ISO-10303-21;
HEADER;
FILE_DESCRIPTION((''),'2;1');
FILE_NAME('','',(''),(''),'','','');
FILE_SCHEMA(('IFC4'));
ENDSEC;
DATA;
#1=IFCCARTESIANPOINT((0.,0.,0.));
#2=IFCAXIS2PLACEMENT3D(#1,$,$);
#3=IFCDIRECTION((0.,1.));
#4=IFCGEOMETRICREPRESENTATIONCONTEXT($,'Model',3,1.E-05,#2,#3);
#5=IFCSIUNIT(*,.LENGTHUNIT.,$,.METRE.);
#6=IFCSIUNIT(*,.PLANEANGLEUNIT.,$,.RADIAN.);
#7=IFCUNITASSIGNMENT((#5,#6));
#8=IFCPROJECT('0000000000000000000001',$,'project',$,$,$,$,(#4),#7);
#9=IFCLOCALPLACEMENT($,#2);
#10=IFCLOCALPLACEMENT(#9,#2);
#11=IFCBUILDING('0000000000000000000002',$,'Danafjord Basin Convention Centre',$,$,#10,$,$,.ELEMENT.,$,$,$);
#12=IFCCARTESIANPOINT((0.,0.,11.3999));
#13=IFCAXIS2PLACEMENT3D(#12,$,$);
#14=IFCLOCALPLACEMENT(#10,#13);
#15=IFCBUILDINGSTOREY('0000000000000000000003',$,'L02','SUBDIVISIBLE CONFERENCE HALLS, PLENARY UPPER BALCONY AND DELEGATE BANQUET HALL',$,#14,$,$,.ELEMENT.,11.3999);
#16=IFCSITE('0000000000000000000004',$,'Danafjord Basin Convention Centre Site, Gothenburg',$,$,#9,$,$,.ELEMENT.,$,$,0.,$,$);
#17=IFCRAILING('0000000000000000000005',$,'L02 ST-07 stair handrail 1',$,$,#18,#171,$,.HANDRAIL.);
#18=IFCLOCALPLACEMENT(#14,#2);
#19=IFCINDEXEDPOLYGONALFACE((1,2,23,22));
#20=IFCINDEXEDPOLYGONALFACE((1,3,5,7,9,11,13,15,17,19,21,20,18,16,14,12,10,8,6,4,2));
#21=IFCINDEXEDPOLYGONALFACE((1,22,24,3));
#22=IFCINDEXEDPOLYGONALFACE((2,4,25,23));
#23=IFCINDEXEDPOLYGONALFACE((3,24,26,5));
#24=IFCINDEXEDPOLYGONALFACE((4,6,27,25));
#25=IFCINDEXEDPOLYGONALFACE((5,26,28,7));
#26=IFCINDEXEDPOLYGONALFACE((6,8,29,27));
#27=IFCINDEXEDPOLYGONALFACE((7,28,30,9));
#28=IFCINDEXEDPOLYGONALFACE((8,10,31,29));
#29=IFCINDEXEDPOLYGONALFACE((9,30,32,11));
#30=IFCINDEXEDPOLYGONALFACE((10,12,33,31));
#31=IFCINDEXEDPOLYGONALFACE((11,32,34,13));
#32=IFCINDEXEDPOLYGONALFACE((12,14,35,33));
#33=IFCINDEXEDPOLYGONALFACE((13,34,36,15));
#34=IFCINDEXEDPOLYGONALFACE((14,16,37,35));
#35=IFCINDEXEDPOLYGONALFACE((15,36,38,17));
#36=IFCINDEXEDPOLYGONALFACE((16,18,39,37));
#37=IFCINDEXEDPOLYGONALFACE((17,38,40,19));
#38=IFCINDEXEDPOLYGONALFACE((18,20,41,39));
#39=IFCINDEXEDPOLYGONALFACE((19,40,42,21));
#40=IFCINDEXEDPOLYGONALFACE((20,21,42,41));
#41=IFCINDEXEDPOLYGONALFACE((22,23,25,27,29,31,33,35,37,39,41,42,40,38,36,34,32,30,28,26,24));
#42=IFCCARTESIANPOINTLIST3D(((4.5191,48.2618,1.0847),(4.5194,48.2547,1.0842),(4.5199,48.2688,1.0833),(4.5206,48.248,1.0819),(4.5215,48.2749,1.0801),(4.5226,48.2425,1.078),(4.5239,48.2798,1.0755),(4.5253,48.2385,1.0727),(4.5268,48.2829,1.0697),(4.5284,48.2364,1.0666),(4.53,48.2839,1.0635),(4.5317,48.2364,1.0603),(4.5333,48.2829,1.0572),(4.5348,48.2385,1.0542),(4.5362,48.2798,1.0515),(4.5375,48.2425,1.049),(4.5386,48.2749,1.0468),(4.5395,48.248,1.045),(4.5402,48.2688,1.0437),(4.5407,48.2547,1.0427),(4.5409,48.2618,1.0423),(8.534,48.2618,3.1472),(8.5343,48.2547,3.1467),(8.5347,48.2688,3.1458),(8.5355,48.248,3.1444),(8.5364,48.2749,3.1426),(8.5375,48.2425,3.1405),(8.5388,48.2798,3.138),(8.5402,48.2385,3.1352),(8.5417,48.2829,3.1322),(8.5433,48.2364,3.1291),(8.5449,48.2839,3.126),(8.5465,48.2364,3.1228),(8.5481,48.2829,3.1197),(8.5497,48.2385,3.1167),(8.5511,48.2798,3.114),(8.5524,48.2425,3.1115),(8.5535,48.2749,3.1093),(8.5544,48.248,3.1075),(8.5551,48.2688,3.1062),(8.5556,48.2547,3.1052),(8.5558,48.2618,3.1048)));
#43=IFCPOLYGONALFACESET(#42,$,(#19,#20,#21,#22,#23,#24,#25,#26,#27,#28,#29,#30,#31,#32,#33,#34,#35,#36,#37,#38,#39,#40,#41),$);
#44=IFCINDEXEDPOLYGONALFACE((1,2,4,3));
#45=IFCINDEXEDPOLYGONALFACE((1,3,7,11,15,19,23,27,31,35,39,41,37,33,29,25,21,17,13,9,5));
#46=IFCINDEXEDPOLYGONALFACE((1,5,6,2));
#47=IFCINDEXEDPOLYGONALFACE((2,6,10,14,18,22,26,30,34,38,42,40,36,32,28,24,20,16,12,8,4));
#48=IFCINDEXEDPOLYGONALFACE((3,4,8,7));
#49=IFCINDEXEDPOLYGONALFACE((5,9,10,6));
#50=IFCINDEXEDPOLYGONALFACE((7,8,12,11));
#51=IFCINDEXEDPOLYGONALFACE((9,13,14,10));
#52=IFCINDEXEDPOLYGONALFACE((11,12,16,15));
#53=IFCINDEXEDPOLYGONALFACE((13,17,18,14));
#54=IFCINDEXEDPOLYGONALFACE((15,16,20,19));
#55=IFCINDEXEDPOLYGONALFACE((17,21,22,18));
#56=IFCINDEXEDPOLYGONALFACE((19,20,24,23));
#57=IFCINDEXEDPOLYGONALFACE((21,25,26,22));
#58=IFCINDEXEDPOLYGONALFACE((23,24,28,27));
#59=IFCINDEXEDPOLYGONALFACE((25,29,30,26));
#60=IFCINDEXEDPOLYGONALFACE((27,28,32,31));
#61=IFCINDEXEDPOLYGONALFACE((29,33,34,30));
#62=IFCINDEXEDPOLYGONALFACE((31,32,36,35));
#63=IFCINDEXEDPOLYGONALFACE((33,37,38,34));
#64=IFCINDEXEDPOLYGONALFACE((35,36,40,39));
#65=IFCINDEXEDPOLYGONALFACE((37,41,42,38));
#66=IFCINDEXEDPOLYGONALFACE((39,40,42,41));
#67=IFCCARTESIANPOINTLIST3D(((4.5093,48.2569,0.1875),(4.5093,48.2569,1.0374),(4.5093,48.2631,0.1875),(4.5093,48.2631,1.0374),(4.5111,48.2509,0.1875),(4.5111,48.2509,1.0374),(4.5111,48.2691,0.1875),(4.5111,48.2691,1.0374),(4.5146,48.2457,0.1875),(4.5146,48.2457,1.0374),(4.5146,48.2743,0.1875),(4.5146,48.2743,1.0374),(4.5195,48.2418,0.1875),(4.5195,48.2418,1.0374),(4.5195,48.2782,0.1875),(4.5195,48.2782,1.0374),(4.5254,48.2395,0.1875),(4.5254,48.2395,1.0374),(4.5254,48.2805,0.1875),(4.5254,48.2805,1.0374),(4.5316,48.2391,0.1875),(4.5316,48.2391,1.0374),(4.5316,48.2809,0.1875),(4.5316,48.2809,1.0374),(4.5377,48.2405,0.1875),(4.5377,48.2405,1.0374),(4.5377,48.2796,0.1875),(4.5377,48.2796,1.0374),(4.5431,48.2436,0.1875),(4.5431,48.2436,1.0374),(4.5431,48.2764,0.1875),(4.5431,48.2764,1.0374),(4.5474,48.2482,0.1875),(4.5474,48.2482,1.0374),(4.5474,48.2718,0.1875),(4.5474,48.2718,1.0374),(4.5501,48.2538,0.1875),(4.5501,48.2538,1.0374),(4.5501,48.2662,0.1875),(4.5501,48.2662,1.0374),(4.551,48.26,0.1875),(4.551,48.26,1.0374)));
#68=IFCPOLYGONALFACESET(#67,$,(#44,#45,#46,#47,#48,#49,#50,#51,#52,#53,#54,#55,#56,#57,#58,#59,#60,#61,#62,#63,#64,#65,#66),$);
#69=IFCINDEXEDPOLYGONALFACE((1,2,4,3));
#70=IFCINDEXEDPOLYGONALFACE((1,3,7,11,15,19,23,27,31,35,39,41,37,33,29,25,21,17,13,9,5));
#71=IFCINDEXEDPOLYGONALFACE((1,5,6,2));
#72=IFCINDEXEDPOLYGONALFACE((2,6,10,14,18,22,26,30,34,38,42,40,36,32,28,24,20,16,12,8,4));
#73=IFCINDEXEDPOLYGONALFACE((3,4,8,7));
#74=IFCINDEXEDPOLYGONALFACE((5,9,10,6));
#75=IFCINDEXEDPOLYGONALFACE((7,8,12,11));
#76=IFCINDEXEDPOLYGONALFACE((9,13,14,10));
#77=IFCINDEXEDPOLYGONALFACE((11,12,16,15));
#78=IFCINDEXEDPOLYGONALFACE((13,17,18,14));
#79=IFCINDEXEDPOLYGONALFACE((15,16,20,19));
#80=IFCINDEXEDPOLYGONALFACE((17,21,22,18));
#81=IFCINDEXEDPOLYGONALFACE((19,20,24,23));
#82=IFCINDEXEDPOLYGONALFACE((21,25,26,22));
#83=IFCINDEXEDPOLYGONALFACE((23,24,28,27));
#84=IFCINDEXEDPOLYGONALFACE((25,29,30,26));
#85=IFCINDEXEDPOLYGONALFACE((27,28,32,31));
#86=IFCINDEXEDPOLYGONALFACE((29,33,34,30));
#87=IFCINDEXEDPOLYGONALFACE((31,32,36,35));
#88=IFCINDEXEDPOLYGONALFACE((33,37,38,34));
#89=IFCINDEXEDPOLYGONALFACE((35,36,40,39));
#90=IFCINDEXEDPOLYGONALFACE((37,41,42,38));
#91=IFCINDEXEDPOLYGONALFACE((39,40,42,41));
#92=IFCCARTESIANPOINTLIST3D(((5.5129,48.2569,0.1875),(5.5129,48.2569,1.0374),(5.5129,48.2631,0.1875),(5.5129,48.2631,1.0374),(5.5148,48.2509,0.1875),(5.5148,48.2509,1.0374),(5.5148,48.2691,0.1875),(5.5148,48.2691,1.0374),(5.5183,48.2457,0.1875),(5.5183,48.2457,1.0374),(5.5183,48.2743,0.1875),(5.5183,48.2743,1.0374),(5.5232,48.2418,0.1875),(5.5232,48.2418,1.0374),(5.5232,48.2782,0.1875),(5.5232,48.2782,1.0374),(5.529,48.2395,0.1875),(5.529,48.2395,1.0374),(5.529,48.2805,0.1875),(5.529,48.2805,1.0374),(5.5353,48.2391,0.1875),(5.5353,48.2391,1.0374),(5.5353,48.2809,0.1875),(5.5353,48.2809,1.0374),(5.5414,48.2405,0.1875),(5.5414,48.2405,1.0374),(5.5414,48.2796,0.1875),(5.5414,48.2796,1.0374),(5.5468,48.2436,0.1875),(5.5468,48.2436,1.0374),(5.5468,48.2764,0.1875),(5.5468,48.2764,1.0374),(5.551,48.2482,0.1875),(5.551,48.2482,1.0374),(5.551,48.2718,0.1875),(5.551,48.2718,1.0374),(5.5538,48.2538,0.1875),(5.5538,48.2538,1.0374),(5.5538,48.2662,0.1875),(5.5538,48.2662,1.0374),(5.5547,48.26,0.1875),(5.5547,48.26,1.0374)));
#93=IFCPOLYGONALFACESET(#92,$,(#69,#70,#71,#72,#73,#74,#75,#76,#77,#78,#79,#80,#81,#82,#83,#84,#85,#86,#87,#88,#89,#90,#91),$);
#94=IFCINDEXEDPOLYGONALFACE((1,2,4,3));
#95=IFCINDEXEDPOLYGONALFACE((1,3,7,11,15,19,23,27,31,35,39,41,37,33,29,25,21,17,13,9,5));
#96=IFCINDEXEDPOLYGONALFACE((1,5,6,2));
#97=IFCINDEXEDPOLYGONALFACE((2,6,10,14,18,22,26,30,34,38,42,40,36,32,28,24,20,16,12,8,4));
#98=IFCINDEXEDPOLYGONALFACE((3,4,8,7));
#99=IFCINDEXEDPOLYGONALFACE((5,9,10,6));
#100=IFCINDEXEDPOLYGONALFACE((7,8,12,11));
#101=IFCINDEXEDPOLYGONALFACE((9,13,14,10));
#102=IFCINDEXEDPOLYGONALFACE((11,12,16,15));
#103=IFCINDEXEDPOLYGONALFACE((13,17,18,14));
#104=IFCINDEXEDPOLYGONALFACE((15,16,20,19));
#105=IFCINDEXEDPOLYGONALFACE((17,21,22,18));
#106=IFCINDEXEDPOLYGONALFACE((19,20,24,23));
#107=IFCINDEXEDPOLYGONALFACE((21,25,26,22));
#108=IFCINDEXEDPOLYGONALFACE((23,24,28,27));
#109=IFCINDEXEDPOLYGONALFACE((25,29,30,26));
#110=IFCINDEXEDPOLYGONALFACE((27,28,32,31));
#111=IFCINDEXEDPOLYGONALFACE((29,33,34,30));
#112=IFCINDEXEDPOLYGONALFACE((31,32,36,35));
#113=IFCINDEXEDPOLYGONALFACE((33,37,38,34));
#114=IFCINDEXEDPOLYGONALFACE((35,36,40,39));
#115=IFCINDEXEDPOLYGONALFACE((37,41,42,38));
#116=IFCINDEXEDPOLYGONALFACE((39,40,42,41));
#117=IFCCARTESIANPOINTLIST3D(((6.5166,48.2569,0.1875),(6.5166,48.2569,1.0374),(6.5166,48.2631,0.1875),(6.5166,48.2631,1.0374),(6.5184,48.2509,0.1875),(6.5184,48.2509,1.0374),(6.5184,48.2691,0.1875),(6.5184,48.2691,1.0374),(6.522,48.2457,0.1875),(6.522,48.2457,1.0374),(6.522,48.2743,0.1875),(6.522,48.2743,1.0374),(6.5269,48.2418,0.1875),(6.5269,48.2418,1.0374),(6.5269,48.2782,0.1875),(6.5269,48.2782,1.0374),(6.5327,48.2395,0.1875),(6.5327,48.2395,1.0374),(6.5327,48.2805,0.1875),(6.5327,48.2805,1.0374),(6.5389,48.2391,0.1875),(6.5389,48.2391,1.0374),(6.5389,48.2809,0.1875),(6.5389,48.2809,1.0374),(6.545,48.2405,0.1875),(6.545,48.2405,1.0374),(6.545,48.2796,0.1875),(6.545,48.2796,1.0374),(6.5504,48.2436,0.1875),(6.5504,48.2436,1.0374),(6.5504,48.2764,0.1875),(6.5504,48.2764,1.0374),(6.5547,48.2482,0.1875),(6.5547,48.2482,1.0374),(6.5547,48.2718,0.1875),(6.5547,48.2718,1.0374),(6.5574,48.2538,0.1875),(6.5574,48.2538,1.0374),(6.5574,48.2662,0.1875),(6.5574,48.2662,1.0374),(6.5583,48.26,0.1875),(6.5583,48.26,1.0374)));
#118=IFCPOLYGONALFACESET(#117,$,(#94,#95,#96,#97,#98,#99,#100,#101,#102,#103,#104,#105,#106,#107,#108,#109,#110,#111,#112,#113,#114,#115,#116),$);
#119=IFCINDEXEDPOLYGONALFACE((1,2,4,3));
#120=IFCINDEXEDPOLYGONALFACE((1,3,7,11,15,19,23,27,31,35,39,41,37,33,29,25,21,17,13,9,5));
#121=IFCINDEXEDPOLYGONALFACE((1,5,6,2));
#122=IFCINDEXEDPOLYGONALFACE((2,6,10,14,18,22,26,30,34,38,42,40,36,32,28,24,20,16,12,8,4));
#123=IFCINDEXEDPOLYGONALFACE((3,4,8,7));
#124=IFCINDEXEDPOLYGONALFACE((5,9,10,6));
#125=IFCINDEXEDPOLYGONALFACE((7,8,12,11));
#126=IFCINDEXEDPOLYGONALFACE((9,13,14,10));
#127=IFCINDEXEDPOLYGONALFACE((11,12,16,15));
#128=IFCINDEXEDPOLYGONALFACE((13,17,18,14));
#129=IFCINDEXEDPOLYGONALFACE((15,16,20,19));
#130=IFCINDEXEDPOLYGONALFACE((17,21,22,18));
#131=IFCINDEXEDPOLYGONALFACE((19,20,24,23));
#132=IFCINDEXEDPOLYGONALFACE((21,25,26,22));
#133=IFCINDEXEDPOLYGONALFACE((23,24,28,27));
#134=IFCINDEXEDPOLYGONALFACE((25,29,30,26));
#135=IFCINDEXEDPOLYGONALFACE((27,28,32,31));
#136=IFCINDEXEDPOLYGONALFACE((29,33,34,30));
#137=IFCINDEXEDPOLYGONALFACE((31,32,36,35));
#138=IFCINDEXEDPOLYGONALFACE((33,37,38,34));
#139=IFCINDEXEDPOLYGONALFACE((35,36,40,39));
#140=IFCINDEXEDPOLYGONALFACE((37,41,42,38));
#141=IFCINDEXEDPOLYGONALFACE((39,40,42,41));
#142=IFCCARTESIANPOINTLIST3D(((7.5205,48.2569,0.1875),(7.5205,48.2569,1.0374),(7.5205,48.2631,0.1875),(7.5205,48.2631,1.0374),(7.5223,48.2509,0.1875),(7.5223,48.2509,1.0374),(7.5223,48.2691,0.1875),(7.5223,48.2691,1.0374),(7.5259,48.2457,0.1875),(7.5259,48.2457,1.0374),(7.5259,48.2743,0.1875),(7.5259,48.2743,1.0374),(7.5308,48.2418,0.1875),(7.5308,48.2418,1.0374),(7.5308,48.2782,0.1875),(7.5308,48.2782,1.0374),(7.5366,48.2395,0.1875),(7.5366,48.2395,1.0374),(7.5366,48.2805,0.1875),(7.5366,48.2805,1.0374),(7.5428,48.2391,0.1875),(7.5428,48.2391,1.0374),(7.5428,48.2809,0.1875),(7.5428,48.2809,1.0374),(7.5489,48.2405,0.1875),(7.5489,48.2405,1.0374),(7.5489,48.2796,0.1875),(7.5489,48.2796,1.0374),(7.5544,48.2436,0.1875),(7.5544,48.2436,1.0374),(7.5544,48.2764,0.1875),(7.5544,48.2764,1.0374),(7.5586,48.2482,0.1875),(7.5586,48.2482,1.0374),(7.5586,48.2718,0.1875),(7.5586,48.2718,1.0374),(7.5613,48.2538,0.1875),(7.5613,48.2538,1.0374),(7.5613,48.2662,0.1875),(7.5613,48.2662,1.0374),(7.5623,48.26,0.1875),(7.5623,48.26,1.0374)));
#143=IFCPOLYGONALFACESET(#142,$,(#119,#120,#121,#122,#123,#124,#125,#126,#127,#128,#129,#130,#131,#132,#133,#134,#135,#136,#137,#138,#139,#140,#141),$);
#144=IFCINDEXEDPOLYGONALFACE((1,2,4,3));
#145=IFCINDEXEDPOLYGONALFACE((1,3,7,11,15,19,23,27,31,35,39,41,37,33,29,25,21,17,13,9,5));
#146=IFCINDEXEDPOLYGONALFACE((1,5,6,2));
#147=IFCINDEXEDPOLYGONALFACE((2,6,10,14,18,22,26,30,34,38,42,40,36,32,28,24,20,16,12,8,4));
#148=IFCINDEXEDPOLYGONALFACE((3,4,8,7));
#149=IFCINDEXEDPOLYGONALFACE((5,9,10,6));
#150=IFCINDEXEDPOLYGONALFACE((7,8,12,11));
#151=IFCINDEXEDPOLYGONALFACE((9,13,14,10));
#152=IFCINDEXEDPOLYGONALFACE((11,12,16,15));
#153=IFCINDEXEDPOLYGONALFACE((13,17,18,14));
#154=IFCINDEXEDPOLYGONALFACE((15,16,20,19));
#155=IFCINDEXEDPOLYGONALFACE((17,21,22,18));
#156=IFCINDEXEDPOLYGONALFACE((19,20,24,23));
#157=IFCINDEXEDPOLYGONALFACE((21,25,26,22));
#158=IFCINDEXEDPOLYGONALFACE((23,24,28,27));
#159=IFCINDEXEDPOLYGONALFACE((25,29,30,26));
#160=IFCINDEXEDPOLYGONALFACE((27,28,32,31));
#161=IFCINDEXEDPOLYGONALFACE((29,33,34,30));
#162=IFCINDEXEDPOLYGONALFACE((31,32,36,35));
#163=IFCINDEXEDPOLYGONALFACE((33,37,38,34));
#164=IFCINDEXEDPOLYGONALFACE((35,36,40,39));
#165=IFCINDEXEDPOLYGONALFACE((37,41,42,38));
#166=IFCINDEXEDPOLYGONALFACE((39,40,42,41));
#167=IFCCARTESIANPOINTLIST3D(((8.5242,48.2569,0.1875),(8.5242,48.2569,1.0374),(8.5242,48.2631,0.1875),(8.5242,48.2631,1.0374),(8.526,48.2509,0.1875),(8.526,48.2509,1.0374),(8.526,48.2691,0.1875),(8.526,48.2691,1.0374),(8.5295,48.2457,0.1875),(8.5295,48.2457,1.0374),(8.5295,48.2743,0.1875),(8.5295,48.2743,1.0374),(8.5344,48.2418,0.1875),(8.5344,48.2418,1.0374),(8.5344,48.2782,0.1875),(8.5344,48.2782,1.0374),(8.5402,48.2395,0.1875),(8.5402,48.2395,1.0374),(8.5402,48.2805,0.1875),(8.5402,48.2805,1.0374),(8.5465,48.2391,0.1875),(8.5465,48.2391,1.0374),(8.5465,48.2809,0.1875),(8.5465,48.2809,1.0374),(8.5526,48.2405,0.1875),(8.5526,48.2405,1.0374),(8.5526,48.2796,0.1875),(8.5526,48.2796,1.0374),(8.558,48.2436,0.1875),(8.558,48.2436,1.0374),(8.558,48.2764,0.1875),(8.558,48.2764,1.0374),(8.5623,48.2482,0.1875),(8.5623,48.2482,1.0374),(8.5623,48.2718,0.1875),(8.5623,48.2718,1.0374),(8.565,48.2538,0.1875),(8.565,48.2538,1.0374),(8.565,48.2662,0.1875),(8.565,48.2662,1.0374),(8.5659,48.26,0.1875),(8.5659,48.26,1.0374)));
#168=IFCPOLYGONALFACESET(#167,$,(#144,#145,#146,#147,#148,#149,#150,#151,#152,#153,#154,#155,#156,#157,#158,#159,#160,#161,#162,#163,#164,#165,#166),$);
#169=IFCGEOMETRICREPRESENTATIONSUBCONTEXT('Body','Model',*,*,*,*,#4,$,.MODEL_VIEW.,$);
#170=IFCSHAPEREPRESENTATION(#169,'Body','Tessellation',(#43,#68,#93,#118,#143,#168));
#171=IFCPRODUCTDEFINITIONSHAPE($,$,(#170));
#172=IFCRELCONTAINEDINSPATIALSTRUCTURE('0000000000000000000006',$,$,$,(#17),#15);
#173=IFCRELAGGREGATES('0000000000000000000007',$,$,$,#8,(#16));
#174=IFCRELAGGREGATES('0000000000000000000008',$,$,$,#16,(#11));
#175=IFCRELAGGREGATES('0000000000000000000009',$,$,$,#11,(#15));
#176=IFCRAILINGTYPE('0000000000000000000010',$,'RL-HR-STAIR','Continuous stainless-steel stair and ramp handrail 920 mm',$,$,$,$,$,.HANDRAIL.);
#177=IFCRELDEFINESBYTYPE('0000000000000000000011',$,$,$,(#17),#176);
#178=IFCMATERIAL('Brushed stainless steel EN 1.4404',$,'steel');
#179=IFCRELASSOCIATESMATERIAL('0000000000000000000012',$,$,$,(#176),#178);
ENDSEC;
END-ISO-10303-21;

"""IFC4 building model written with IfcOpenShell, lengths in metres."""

from ifc_helpers import new_model, si_unit, direction, frame, origin, origin_2d, place, context, subcontext, project, spatial, circle, extrude, material, type_object, element, save


model = new_model("IFC4")

# Units and contexts
model_context = context("Model", 3, precision=1e-05, world=origin(), true_north=direction((0.0, 1.0)))
body_context = subcontext(model_context, "Body", "Model", "MODEL_VIEW")
ifc_project = project(units=[si_unit("LENGTHUNIT", "METRE"), si_unit("PLANEANGLEUNIT", "RADIAN")], contexts=[model_context])

# Site, building, storey
site_placement = place(None, origin())
site = spatial("IfcSite", under=ifc_project, at=site_placement, Name="Danafjord Basin Convention Centre Site, Gothenburg", CompositionType="ELEMENT", RefElevation=0.0)
building_placement = place(site_placement, origin())
building = spatial("IfcBuilding", under=site, at=building_placement, Name="Danafjord Basin Convention Centre", CompositionType="ELEMENT")
storey_placement = place(building_placement, frame((0.0, 0.0, 11.3999)))
storey = spatial("IfcBuildingStorey", under=building, at=storey_placement, Name="L02", Description="SUBDIVISIBLE CONFERENCE HALLS, PLENARY UPPER BALCONY AND DELEGATE BANQUET HALL", CompositionType="ELEMENT", Elevation=11.3999)

# Railing
ifc_material_1 = material(Name="Brushed stainless steel EN 1.4404", Category="steel")
railing_type_1 = type_object("IfcRailingType", Name="RL-HR-STAIR", Description="Continuous stainless-steel stair and ramp handrail 920 mm", PredefinedType="HANDRAIL", material=ifc_material_1)
railing_1_placement = place(storey_placement, frame((4.53, 48.26, 0.1875)))
element("IfcRailing", 1, at=railing_1_placement, inside=storey, type_object=railing_type_1, Name="L02 ST-07 stair handrail 1", PredefinedType="HANDRAIL", context=body_context, shape_type="SweptSolid", body=[
    extrude(circle(Radius=0.0239, at=origin_2d()), frame((0.0, 0.0, 0.876), z_axis=(0.889495, 0.0, 0.456945), x_axis=(0.0, 1.0, 0.0)), (0.0, 0.0, 1.0), 4.5137),
    extrude(circle(Radius=0.021, at=origin_2d()), origin(), (0.0, 0.0, 1.0), 0.8499),
    extrude(circle(Radius=0.021, at=origin_2d()), frame((1.0037, 0.0, 0.0)), (0.0, 0.0, 1.0), 0.8499),
    extrude(circle(Radius=0.021, at=origin_2d()), frame((2.0073, 0.0, 0.0)), (0.0, 0.0, 1.0), 0.8499),
    extrude(circle(Radius=0.021, at=origin_2d()), frame((3.0112, 0.0, 0.0)), (0.0, 0.0, 1.0), 0.8499),
    extrude(circle(Radius=0.021, at=origin_2d()), frame((4.0149, 0.0, 0.0)), (0.0, 0.0, 1.0), 0.8499),
])

save(model, "model.ifc")
